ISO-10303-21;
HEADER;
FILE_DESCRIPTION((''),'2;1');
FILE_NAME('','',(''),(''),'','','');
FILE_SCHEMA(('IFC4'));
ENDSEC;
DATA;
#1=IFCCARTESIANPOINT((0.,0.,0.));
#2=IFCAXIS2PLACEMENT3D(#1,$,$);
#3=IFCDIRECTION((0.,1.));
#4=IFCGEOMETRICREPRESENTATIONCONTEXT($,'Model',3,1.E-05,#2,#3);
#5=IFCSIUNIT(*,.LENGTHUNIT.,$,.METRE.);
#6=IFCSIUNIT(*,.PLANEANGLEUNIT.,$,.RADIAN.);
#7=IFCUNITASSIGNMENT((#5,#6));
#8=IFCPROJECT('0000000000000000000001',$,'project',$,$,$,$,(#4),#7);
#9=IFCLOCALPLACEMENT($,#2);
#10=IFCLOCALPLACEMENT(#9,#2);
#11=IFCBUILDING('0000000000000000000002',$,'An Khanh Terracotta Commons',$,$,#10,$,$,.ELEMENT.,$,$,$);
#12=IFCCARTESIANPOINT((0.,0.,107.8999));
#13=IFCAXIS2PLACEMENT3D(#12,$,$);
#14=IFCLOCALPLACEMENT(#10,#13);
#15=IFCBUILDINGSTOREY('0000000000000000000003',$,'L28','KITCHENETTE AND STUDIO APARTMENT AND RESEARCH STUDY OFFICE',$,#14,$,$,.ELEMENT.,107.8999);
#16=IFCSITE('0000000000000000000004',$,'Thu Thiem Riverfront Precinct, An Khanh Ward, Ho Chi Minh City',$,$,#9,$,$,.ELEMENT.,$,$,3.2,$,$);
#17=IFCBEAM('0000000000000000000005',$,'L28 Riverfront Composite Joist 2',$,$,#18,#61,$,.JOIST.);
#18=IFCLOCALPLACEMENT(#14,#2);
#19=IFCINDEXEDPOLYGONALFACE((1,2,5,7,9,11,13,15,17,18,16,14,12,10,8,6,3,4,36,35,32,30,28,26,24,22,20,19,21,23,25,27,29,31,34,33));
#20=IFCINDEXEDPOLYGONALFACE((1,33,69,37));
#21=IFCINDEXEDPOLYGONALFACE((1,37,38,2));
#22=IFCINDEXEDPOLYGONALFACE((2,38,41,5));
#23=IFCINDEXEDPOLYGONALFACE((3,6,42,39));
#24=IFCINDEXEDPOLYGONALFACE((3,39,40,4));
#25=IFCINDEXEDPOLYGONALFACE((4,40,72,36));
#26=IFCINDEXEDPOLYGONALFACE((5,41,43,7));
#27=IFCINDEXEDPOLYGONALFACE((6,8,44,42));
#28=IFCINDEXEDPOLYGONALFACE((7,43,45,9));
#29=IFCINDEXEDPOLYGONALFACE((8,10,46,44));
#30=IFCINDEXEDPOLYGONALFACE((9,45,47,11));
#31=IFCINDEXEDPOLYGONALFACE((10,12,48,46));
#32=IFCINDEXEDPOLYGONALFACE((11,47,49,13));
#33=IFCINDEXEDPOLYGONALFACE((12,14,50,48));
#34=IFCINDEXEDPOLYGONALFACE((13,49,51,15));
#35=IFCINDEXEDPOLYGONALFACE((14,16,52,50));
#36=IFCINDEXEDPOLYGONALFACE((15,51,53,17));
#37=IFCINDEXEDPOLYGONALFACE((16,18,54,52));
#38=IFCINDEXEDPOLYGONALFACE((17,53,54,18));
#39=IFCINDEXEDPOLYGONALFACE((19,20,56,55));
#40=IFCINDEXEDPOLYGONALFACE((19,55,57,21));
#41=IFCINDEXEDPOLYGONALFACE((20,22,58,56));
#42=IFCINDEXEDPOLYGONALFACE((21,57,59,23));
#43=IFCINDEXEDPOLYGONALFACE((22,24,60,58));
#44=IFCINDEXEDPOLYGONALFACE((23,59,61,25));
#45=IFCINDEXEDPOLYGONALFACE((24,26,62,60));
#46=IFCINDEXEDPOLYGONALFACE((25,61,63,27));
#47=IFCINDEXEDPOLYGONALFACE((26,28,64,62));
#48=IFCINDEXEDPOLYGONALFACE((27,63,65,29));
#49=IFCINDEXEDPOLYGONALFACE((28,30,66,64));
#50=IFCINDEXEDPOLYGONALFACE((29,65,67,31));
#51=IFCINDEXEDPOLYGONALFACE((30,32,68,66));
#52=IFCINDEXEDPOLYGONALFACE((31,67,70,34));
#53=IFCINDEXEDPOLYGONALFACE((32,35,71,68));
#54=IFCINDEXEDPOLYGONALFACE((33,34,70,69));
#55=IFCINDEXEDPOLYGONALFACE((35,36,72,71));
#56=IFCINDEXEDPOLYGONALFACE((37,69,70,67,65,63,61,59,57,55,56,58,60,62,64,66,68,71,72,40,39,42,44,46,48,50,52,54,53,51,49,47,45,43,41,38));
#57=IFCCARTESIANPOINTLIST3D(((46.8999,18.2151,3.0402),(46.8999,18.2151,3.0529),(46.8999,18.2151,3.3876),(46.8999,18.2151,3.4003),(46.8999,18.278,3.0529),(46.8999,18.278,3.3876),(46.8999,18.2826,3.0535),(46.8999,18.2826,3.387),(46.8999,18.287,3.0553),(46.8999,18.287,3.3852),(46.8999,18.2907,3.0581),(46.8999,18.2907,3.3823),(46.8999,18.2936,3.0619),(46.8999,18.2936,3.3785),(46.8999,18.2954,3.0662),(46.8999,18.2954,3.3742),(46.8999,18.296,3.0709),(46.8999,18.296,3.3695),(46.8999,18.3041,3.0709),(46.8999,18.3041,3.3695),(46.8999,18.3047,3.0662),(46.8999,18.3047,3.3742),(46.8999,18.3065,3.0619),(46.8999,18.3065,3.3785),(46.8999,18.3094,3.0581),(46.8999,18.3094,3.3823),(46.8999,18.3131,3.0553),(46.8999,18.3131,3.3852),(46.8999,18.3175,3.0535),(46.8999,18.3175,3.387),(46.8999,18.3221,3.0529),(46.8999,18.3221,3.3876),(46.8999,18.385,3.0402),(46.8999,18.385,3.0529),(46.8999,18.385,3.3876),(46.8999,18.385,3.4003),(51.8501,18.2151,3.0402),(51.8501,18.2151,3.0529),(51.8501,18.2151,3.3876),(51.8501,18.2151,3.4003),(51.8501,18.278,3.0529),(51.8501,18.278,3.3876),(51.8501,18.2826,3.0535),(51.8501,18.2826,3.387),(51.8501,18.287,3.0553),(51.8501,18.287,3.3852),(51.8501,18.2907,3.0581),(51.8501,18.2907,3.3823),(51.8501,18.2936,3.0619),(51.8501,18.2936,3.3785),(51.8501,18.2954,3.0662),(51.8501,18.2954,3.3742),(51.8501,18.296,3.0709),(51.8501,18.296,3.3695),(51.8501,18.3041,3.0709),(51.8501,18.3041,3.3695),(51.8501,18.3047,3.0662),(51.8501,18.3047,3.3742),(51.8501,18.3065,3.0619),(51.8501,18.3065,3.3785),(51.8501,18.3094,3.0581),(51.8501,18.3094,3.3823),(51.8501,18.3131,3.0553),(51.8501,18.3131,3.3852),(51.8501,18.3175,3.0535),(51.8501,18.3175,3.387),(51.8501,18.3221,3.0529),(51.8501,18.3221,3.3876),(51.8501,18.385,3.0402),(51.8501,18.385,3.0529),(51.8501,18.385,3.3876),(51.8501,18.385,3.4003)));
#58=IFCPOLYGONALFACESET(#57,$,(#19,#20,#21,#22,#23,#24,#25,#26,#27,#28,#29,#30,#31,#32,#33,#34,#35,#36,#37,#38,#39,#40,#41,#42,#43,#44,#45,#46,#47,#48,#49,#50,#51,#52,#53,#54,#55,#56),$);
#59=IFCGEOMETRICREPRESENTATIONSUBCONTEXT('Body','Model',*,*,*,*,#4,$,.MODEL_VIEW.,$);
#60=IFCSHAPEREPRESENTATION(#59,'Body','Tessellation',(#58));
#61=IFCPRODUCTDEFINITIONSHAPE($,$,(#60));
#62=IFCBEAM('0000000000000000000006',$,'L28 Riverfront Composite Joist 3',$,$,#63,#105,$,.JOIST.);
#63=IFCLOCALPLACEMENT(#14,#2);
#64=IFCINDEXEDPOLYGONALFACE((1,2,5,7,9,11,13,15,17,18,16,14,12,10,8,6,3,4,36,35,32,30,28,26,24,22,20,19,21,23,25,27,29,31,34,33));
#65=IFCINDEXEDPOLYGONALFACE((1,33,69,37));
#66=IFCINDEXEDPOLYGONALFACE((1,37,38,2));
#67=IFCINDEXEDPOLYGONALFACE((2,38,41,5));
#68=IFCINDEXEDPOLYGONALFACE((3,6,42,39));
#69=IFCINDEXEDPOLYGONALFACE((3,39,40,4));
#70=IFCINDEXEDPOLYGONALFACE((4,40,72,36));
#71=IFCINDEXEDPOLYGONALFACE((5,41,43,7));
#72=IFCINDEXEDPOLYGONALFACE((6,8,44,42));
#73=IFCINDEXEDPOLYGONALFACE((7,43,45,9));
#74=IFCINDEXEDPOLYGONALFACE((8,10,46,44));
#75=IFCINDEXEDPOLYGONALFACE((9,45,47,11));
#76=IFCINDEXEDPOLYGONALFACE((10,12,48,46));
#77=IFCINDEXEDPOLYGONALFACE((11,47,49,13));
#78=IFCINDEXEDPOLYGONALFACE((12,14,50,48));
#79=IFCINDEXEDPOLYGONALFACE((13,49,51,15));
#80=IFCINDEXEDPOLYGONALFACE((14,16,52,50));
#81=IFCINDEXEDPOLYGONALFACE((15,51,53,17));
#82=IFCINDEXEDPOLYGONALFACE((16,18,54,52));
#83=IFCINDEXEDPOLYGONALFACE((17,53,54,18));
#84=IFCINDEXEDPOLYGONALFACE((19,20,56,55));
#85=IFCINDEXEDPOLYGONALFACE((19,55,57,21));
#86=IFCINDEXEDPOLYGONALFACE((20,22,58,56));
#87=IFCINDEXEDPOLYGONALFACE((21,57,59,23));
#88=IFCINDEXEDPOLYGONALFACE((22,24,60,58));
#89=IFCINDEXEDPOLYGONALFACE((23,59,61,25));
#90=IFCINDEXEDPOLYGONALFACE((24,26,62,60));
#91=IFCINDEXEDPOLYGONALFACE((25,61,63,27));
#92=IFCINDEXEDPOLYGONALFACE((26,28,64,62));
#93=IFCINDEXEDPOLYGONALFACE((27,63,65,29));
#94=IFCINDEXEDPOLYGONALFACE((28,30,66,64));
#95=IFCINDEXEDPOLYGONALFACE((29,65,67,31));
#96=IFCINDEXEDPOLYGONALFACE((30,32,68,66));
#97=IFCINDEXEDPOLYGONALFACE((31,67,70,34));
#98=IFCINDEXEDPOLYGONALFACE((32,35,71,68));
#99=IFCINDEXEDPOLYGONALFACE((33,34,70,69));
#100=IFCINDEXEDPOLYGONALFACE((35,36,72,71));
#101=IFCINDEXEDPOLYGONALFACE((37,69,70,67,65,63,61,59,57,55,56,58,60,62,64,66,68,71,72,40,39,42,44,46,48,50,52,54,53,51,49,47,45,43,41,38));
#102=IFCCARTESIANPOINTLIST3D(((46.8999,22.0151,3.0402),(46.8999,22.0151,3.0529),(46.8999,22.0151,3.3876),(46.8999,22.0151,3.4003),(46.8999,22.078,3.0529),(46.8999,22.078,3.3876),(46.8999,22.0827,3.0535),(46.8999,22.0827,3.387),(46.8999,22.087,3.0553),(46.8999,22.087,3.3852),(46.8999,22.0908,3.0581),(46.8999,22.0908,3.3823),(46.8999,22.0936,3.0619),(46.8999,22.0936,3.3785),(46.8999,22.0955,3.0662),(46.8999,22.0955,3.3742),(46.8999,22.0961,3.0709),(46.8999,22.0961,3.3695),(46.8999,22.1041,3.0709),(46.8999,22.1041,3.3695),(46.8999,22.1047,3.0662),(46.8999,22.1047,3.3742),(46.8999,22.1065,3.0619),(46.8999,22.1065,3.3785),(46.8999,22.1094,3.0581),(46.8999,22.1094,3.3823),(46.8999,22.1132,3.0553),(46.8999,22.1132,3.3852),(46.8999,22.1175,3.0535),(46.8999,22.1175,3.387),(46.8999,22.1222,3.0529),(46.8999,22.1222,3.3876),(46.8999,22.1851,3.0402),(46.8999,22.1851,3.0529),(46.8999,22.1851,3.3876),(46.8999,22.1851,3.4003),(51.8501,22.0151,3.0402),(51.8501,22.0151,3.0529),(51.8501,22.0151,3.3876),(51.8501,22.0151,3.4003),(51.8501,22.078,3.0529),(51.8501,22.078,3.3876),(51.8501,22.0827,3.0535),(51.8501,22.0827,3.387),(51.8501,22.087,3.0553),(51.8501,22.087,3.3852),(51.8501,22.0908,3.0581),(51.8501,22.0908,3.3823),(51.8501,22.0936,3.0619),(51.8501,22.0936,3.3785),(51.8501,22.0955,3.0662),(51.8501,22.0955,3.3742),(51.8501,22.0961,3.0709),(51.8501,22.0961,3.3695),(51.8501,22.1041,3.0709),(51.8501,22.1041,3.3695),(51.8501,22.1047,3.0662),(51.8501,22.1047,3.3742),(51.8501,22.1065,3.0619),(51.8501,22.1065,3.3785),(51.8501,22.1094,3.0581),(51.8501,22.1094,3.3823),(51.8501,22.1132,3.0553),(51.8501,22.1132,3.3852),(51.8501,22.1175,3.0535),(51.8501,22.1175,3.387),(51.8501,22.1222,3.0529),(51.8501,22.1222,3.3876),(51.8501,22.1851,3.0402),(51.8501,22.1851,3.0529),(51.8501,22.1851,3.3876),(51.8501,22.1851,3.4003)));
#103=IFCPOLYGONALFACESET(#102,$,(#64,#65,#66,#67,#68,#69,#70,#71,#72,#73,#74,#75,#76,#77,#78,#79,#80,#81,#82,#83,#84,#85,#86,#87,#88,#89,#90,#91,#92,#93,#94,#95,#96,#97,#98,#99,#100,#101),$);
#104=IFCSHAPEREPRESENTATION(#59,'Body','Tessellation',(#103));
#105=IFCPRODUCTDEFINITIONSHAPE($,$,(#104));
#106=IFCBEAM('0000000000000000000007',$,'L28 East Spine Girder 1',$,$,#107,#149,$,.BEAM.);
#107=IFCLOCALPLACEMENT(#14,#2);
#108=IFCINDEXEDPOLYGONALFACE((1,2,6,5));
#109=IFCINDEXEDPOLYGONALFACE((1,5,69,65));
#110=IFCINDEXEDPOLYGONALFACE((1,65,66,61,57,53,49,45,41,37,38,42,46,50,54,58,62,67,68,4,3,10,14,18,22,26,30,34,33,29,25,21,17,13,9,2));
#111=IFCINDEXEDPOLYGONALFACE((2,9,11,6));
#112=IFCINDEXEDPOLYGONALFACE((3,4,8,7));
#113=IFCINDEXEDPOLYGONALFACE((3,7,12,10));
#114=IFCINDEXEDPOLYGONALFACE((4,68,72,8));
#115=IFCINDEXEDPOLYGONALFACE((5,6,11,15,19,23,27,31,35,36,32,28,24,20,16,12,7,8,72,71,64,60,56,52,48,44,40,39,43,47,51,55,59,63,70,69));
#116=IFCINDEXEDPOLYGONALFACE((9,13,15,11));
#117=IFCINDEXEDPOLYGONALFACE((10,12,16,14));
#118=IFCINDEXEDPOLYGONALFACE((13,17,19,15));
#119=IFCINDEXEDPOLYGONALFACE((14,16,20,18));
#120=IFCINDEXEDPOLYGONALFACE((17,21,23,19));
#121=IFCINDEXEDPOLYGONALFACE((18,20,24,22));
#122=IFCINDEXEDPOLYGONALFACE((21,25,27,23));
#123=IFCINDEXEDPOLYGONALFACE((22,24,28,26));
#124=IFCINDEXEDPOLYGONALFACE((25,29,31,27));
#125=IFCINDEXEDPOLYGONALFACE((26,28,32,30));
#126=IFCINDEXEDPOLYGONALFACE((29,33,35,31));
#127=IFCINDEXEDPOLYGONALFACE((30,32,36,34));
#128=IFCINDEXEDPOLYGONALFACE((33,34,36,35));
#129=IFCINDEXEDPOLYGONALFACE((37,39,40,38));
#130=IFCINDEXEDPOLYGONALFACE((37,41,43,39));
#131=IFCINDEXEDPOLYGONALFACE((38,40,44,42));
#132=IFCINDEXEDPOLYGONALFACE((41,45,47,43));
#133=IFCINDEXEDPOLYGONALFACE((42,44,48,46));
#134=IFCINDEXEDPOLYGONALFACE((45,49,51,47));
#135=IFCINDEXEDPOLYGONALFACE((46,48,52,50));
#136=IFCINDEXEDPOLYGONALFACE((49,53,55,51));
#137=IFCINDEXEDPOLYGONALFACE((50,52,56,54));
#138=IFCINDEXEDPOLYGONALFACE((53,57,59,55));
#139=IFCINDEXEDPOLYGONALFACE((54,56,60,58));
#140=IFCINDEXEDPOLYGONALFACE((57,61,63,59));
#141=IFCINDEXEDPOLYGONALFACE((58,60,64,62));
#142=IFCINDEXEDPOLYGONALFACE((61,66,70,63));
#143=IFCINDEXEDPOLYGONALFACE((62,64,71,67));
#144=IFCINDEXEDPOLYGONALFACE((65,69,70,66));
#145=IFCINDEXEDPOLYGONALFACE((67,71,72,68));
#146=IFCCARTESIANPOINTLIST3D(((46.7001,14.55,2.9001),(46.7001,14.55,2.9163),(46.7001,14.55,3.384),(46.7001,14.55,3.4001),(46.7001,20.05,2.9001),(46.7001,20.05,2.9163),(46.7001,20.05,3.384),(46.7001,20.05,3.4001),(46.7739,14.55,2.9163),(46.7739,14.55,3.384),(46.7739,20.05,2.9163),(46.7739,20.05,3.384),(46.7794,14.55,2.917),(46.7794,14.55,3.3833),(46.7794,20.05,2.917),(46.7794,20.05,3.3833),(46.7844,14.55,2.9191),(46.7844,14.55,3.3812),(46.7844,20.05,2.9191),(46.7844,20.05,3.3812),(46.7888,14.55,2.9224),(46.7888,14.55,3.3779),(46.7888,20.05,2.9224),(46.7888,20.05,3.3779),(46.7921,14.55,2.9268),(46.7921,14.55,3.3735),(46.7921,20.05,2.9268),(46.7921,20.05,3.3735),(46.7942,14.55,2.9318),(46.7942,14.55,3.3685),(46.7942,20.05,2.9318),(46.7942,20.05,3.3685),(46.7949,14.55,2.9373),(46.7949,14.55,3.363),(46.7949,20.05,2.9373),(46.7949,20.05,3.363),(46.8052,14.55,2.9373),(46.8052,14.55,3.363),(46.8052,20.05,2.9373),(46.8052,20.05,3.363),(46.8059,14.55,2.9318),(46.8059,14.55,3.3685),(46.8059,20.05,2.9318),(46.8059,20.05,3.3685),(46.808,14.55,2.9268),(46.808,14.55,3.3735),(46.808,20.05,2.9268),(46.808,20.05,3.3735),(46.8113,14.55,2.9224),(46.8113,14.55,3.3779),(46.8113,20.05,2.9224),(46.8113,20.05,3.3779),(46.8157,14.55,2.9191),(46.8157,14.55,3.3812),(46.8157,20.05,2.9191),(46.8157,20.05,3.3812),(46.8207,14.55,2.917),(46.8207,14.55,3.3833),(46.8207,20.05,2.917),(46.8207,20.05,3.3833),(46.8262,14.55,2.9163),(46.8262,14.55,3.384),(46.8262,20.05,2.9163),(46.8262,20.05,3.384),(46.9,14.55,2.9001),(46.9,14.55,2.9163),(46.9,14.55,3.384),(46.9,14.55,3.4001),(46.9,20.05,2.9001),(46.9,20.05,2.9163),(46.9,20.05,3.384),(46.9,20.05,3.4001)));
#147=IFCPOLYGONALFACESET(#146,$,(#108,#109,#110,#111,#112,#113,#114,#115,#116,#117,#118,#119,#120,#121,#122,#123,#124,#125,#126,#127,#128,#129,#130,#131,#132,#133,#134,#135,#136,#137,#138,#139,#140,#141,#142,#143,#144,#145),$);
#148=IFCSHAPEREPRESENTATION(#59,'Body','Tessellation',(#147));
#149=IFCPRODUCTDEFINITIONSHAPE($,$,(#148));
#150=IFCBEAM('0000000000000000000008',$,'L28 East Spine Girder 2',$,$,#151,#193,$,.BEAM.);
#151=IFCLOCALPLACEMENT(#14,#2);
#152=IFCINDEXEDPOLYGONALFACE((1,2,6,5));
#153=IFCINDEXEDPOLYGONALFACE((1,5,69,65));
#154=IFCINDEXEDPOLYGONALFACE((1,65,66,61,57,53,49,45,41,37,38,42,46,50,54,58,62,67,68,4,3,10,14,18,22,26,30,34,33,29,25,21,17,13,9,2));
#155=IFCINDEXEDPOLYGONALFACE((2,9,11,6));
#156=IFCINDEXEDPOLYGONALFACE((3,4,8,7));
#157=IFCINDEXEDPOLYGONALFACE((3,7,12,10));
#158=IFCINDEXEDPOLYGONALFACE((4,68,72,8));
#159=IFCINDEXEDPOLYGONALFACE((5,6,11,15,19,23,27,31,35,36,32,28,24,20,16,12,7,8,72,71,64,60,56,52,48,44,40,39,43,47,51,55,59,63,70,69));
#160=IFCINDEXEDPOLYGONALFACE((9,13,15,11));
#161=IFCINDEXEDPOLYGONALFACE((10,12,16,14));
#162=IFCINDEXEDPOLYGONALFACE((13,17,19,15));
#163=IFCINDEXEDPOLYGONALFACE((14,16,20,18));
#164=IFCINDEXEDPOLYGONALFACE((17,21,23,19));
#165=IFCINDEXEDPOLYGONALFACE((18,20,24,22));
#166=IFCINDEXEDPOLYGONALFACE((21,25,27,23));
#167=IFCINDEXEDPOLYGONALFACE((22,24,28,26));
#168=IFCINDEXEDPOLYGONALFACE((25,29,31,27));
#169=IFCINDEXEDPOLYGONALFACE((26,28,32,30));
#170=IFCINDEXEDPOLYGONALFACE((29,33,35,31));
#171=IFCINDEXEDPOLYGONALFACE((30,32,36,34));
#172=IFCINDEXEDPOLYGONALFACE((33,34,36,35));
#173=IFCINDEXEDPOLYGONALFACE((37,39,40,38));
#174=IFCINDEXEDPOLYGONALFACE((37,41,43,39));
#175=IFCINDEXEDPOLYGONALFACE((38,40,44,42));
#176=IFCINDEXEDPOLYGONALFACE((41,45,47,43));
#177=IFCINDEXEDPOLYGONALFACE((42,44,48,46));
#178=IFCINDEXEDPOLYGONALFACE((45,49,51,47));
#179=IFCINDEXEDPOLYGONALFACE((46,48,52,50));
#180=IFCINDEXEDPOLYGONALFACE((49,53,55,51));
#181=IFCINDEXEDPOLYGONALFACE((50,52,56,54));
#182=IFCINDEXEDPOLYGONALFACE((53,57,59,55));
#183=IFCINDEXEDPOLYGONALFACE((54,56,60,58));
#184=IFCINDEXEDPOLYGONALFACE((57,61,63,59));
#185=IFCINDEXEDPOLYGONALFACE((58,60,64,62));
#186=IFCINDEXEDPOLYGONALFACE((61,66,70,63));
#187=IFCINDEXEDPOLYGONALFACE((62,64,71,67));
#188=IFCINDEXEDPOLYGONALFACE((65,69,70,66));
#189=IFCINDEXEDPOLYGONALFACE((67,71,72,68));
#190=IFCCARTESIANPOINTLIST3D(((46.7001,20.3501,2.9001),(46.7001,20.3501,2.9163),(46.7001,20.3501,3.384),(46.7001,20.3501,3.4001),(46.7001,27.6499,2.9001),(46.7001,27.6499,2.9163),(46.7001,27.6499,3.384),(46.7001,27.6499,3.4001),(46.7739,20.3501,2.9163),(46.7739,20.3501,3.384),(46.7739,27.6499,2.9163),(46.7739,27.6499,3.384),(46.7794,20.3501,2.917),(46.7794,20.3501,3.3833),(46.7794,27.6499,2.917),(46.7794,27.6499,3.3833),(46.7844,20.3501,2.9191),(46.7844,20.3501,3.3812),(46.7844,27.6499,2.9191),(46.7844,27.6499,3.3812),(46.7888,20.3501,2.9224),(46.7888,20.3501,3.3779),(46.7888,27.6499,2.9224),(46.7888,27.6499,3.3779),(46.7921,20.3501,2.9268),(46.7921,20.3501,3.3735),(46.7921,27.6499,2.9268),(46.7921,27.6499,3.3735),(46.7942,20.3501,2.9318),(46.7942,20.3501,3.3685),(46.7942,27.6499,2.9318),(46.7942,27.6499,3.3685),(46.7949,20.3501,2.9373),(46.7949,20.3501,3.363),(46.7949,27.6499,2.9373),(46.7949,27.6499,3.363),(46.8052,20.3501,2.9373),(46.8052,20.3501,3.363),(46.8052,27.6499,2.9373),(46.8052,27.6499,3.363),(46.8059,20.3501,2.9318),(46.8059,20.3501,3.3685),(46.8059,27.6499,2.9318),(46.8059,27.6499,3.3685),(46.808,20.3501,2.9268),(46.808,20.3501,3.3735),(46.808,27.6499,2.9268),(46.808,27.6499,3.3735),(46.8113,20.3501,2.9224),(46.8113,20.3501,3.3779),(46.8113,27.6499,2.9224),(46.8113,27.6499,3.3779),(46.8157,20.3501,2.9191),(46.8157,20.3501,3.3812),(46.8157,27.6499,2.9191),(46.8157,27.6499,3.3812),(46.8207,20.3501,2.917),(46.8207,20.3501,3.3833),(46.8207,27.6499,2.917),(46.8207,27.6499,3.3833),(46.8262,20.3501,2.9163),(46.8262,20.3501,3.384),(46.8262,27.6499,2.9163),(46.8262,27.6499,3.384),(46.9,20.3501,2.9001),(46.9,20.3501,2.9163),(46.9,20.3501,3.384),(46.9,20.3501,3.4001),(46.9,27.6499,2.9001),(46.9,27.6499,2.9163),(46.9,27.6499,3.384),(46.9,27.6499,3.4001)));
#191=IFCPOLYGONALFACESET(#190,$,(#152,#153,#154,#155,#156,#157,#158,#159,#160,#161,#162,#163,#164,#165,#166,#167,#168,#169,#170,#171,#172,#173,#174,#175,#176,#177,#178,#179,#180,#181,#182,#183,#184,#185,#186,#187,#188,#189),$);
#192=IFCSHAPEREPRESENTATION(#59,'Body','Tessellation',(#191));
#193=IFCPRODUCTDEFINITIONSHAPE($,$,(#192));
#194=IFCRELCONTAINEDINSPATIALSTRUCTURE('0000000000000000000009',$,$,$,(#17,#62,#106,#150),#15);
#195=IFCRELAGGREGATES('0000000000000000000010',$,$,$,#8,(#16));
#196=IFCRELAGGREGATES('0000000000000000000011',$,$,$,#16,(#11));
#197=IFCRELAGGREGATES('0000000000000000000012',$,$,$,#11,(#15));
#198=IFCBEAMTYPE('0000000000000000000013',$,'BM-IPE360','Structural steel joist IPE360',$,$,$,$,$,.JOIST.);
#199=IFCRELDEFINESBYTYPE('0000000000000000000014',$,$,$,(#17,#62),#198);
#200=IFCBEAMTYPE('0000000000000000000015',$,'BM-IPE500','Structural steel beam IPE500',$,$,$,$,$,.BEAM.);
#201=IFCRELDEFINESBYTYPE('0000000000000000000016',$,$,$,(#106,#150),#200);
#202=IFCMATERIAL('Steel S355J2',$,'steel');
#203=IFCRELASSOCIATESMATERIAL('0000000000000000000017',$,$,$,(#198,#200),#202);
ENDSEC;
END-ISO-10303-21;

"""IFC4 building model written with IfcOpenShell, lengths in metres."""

from ifc_helpers import new_model, si_unit, direction, frame, origin, origin_2d, place, context, subcontext, project, spatial, i_section, extrude, material, material_profile, profile_set, type_object, element, save


model = new_model("IFC4")

# Units and contexts
model_context = context("Model", 3, precision=1e-05, world=origin(), true_north=direction((0.0, 1.0)))
body_context = subcontext(model_context, "Body", "Model", "MODEL_VIEW")
ifc_project = project(units=[si_unit("LENGTHUNIT", "METRE"), si_unit("PLANEANGLEUNIT", "RADIAN")], contexts=[model_context])

# Site, building, storey
site_placement = place(None, origin())
site = spatial("IfcSite", under=ifc_project, at=site_placement, Name="Thu Thiem Riverfront Precinct, An Khanh Ward, Ho Chi Minh City", CompositionType="ELEMENT", RefElevation=3.2)
building_placement = place(site_placement, origin())
building = spatial("IfcBuilding", under=site, at=building_placement, Name="An Khanh Terracotta Commons", CompositionType="ELEMENT")
storey_placement = place(building_placement, frame((0.0, 0.0, 107.8999)))
storey = spatial("IfcBuildingStorey", under=building, at=storey_placement, Name="L28", Description="KITCHENETTE AND STUDIO APARTMENT AND RESEARCH STUDY OFFICE", CompositionType="ELEMENT", Elevation=107.8999)

# Beams
ifc_material_1 = material(Name="Steel S355J2", Category="steel")
ifc_material_profile_1 = material_profile(ifc_material_1, i_section(OverallWidth=0.1699, OverallDepth=0.3601, WebThickness=0.0081, FlangeThickness=0.0127, FilletRadius=0.0181, at=origin_2d()), Name="IPE360")
ifc_profile_set_1 = profile_set([ifc_material_profile_1], Name="Steel S355J2")
beam_type_1 = type_object("IfcBeamType", Name="BM-IPE360", Description="Structural steel joist IPE360", PredefinedType="JOIST", material=ifc_profile_set_1)
for number, where, z_axis, x_axis, name in (
    (1, (46.8999, 18.3, 3.2202), (1.0, 0.0, 0.0), (0.0, 1.0, 0.0), "L28 Riverfront Composite Joist 2"),
    (2, (46.8999, 22.1001, 3.2202), (1.0, 0.0, 0.0), (0.0, 1.0, 0.0), "L28 Riverfront Composite Joist 3"),
):
    element("IfcBeam", number, at=place(storey_placement, frame(where, z_axis=z_axis, x_axis=x_axis)), inside=storey, type_object=beam_type_1, Name=name, PredefinedType="JOIST", context=body_context, shape_type="SweptSolid", body=[
        extrude(i_section(OverallWidth=0.1699, OverallDepth=0.3601, WebThickness=0.0081, FlangeThickness=0.0127, FilletRadius=0.0181, at=origin_2d()), origin(), (0.0, 0.0, 1.0), 4.9502),
    ])
ifc_material_profile_2 = material_profile(ifc_material_1, i_section(OverallWidth=0.2, OverallDepth=0.5, WebThickness=0.0103, FlangeThickness=0.0161, FilletRadius=0.021, at=origin_2d()), Name="IPE500")
ifc_profile_set_2 = profile_set([ifc_material_profile_2], Name="Steel S355J2")
beam_type_2 = type_object("IfcBeamType", Name="BM-IPE500", Description="Structural steel beam IPE500", PredefinedType="BEAM", material=ifc_profile_set_2)
beam_1_placement = place(storey_placement, frame((46.8, 14.55, 3.1501), z_axis=(0.0, 1.0, 0.0), x_axis=(-1.0, 0.0, 0.0)))
element("IfcBeam", 3, at=beam_1_placement, inside=storey, type_object=beam_type_2, Name="L28 East Spine Girder 1", PredefinedType="BEAM", context=body_context, shape_type="SweptSolid", body=[
    extrude(i_section(OverallWidth=0.2, OverallDepth=0.5, WebThickness=0.0103, FlangeThickness=0.0161, FilletRadius=0.021, at=origin_2d()), origin(), (0.0, 0.0, 1.0), 5.5),
])
beam_2_placement = place(storey_placement, frame((46.8, 20.3501, 3.1501), z_axis=(0.0, 1.0, 0.0), x_axis=(-1.0, 0.0, 0.0)))
element("IfcBeam", 4, at=beam_2_placement, inside=storey, type_object=beam_type_2, Name="L28 East Spine Girder 2", PredefinedType="BEAM", context=body_context, shape_type="SweptSolid", body=[
    extrude(i_section(OverallWidth=0.2, OverallDepth=0.5, WebThickness=0.0103, FlangeThickness=0.0161, FilletRadius=0.021, at=origin_2d()), origin(), (0.0, 0.0, 1.0), 7.2998),
])

save(model, "model.ifc")
